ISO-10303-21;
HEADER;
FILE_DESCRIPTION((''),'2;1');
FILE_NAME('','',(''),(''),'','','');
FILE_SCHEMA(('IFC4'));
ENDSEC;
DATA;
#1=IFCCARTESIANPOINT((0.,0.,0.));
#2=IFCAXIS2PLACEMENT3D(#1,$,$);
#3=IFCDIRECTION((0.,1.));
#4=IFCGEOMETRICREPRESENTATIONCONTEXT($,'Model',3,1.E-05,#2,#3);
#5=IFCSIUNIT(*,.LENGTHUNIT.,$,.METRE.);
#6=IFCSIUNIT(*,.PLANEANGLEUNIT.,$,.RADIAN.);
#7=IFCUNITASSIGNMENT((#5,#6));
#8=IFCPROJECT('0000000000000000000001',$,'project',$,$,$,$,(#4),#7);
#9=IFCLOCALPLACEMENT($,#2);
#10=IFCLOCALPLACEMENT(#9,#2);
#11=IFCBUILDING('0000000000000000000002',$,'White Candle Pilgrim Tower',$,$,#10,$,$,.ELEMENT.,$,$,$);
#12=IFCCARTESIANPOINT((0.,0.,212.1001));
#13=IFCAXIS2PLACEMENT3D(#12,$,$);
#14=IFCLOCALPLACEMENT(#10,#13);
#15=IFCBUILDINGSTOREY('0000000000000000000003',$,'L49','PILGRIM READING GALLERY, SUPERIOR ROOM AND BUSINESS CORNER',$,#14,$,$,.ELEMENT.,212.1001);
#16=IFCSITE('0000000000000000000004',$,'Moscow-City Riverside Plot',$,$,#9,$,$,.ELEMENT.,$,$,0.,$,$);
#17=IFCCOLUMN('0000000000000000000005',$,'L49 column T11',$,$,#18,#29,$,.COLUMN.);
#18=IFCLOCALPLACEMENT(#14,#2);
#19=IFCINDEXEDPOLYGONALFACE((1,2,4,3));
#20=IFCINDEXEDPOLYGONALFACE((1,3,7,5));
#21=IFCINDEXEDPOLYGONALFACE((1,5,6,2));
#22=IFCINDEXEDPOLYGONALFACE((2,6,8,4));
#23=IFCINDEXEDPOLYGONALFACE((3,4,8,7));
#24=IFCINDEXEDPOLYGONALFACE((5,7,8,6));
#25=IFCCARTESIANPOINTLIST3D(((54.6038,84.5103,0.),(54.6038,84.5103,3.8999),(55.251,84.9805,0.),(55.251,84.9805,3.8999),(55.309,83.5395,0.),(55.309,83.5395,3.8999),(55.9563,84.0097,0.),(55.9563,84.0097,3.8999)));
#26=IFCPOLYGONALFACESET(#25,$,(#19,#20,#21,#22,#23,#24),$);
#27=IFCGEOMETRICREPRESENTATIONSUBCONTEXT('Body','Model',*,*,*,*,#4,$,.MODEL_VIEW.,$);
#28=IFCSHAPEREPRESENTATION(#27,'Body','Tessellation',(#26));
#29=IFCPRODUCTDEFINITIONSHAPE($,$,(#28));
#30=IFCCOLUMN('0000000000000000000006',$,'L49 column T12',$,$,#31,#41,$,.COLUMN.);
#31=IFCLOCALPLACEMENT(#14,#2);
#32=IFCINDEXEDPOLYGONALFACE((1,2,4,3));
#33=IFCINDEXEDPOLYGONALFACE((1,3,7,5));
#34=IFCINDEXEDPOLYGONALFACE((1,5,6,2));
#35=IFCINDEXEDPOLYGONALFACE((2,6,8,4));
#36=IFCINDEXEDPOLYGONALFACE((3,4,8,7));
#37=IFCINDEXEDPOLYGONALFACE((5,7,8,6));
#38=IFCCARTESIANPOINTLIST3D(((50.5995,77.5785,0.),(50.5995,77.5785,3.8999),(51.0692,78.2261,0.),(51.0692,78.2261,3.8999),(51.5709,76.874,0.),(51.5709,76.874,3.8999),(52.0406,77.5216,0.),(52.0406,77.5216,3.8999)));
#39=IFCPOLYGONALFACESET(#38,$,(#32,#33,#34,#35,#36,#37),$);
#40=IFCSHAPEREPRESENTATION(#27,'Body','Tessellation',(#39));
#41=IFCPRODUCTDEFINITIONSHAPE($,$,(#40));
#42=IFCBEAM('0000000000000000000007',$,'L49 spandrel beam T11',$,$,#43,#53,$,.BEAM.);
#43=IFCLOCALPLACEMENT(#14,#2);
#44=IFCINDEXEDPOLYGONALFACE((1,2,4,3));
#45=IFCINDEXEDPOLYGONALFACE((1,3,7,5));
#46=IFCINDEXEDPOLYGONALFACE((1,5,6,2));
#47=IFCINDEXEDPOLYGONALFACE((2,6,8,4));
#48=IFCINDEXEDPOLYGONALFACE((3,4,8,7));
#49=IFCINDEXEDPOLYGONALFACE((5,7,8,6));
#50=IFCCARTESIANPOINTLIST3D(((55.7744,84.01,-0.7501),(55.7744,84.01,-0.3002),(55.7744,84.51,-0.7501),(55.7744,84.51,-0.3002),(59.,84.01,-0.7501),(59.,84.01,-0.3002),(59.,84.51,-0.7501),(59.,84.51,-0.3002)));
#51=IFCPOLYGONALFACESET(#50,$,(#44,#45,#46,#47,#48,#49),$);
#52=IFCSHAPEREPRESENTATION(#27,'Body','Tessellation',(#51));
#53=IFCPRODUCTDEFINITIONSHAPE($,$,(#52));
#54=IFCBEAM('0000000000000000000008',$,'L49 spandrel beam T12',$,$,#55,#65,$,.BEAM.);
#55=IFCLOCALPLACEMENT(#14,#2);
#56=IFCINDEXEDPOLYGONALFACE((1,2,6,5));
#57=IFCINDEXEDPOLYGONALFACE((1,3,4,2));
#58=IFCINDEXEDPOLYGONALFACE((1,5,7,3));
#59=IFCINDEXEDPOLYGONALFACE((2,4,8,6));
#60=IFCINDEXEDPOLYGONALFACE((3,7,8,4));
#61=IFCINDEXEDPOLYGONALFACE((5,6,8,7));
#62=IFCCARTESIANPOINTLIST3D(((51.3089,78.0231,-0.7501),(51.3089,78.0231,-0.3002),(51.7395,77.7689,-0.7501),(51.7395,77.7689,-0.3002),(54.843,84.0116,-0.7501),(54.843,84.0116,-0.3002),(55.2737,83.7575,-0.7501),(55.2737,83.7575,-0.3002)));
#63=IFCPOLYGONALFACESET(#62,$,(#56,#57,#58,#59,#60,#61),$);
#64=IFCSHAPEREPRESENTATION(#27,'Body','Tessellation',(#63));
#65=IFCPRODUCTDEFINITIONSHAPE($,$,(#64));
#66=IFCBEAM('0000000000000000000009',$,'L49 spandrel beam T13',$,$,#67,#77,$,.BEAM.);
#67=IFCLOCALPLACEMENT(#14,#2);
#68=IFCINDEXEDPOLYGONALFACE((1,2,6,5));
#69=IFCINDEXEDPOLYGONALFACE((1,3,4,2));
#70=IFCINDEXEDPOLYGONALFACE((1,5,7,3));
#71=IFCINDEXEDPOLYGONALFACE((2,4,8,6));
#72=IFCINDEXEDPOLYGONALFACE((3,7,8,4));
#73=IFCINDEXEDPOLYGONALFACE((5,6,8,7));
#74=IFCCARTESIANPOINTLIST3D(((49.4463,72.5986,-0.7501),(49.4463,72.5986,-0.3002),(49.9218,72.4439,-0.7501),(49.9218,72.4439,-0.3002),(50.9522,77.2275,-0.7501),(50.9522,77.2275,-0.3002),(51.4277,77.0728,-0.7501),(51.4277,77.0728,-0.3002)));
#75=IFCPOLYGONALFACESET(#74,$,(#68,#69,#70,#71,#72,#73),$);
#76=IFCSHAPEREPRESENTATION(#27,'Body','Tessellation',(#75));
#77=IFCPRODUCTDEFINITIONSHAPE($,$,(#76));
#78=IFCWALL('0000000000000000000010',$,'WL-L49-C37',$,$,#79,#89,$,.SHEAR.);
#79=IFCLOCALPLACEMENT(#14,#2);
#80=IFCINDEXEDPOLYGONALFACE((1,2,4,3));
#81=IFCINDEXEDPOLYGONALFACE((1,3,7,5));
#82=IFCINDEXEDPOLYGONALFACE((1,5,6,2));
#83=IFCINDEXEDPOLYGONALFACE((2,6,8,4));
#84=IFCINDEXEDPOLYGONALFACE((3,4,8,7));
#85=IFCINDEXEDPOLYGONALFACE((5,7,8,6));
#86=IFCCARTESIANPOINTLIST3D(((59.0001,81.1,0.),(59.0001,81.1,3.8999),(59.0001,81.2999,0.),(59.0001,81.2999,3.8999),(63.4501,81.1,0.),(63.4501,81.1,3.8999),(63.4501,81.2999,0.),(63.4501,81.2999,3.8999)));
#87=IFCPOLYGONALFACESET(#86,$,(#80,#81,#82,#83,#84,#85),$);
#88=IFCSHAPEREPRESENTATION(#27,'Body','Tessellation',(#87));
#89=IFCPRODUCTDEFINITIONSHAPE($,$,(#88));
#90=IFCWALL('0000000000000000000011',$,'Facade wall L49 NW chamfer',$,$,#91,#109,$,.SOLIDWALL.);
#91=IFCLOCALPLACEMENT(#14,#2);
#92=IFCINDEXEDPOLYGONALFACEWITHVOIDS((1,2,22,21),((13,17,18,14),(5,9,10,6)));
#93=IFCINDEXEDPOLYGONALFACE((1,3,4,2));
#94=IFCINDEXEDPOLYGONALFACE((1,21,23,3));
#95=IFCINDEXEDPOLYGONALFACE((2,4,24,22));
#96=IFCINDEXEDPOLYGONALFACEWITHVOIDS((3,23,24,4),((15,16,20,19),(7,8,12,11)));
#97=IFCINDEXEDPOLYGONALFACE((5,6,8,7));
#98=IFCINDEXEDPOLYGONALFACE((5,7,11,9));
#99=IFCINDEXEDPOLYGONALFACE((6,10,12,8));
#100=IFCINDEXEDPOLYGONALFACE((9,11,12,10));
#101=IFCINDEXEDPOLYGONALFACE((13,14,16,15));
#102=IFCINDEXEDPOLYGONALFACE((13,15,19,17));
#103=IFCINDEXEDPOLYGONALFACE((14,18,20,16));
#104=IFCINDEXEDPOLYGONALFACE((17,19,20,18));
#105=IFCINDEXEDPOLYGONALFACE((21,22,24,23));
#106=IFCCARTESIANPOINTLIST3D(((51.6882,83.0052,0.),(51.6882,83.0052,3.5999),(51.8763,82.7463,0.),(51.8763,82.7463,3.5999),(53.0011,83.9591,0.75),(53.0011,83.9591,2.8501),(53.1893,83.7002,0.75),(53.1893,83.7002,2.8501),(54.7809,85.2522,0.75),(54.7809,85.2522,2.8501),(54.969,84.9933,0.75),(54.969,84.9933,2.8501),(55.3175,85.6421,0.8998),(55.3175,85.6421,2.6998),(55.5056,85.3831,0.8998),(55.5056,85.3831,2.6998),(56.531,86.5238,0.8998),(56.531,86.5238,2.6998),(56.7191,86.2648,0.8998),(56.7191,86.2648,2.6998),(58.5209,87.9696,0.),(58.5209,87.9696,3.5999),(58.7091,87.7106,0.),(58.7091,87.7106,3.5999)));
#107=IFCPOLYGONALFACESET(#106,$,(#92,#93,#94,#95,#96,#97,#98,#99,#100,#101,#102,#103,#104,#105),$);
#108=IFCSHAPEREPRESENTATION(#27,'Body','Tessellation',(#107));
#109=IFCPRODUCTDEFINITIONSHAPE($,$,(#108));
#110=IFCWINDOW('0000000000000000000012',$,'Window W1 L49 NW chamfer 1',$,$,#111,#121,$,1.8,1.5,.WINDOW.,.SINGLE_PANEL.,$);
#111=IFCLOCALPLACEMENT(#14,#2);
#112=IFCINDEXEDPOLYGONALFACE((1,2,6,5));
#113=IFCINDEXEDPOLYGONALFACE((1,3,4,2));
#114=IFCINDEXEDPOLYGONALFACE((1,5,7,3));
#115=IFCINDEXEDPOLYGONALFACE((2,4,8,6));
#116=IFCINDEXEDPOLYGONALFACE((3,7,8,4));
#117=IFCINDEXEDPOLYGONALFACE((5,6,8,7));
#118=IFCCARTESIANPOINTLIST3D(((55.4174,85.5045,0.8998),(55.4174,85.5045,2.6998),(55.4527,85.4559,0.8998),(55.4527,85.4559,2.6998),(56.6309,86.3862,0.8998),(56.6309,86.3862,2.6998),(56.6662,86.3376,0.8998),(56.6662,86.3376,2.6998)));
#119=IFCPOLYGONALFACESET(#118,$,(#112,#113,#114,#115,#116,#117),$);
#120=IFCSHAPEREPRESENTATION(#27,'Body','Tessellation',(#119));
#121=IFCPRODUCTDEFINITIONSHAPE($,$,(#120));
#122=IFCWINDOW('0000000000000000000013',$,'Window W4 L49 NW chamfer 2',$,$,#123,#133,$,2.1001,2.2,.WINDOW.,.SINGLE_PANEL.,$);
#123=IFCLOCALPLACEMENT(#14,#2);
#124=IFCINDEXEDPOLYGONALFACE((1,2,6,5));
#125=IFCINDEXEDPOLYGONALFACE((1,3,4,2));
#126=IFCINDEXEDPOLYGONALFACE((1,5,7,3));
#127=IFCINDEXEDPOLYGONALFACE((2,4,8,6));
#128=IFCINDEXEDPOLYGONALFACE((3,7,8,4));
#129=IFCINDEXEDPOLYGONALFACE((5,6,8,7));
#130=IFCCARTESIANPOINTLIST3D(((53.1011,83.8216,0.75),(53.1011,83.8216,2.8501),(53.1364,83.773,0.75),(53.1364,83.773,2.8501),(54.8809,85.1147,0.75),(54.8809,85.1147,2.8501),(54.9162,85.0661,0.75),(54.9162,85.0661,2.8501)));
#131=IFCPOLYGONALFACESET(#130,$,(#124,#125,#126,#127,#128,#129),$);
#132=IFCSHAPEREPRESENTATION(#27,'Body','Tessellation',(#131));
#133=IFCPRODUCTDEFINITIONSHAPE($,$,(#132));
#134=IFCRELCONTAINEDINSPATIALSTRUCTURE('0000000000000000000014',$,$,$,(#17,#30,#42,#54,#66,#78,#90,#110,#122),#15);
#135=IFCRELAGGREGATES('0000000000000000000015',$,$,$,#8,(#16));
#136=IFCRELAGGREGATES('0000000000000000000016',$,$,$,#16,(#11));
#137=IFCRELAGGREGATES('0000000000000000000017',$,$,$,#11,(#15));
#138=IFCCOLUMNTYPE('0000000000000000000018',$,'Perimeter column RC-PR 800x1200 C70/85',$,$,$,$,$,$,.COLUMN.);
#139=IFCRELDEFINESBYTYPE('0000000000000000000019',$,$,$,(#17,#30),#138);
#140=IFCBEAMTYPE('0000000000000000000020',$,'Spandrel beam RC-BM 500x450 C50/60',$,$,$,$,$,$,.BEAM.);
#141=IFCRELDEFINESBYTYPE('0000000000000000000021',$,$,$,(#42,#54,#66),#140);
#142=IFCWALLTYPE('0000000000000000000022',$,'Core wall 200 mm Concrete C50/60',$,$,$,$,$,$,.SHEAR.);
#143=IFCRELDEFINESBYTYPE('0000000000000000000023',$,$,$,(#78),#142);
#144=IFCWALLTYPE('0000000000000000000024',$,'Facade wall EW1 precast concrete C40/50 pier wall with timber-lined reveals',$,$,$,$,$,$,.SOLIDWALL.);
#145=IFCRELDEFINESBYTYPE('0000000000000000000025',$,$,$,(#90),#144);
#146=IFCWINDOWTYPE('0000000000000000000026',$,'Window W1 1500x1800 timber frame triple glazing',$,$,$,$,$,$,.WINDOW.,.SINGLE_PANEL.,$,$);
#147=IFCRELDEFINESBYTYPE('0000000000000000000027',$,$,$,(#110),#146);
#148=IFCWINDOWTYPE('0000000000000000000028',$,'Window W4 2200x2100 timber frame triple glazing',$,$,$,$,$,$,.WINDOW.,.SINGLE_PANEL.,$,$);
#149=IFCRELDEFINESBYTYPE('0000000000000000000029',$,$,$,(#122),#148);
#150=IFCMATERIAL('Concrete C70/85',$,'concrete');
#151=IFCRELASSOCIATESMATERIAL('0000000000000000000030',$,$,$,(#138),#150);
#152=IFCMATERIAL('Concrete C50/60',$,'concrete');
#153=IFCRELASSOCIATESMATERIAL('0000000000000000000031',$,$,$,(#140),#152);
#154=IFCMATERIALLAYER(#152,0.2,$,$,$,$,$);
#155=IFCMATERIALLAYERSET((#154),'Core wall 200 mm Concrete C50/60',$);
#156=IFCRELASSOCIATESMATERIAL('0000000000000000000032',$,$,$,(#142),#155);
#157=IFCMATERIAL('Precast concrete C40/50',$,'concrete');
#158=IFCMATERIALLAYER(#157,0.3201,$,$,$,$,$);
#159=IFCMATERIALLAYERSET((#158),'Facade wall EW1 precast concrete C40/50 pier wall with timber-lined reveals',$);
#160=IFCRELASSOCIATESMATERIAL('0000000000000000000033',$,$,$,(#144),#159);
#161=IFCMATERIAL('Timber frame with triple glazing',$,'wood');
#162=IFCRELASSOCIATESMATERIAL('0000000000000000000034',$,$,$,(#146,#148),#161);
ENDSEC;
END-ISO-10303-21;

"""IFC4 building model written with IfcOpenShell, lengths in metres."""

from ifc_helpers import new_model, si_unit, direction, frame, frame_2d, origin, origin_2d, place, context, subcontext, project, spatial, rectangle, extrude, material, layer, layer_set, material_profile, profile_set, type_object, element, fill, save


model = new_model("IFC4")

# Units and contexts
model_context = context("Model", 3, precision=1e-05, world=origin(), true_north=direction((0.0, 1.0)))
body_context = subcontext(model_context, "Body", "Model", "MODEL_VIEW")
ifc_project = project(units=[si_unit("LENGTHUNIT", "METRE"), si_unit("PLANEANGLEUNIT", "RADIAN")], contexts=[model_context])

# Site, building, storey
site_placement = place(None, origin())
site = spatial("IfcSite", under=ifc_project, at=site_placement, Name="Moscow-City Riverside Plot", CompositionType="ELEMENT", RefElevation=0.0)
building_placement = place(site_placement, origin())
building = spatial("IfcBuilding", under=site, at=building_placement, Name="White Candle Pilgrim Tower", CompositionType="ELEMENT")
storey_placement = place(building_placement, frame((0.0, 0.0, 212.1001)))
storey = spatial("IfcBuildingStorey", under=building, at=storey_placement, Name="L49", Description="PILGRIM READING GALLERY, SUPERIOR ROOM AND BUSINESS CORNER", CompositionType="ELEMENT", Elevation=212.1001)

# Columns
ifc_material_1 = material(Name="Concrete C70/85", Category="concrete")
ifc_material_profile_1 = material_profile(ifc_material_1, rectangle(XDim=0.8, YDim=1.2, at=origin_2d()), Name="RC-PR 800x1200")
ifc_profile_set_1 = profile_set([ifc_material_profile_1], Name="Concrete C70/85")
column_type = type_object("IfcColumnType", Name="Perimeter column RC-PR 800x1200 C70/85", PredefinedType="COLUMN", material=ifc_profile_set_1)
for number, where, z_axis, x_axis, name in (
    (1, (55.28, 84.26, 0.0), (0.0, 0.0, 1.0), (0.809027, 0.587771, 0.0), "L49 column T11"),
    (2, (51.3201, 77.55, 0.0), (0.0, 0.0, 1.0), (0.587107, 0.809509, 0.0), "L49 column T12"),
):
    element("IfcColumn", number, at=place(storey_placement, frame(where, z_axis=z_axis, x_axis=x_axis)), inside=storey, type_object=column_type, Name=name, PredefinedType="COLUMN", context=body_context, shape_type="SweptSolid", body=[
        extrude(rectangle(XDim=0.8, YDim=1.2, at=origin_2d()), origin(), (0.0, 0.0, 1.0), 3.8999),
    ])

# Beams
ifc_material_2 = material(Name="Concrete C50/60", Category="concrete")
ifc_material_profile_2 = material_profile(ifc_material_2, rectangle(XDim=0.5, YDim=0.45, at=origin_2d()), Name="RC-BM 500x450")
ifc_profile_set_2 = profile_set([ifc_material_profile_2], Name="Concrete C50/60")
beam_type = type_object("IfcBeamType", Name="Spandrel beam RC-BM 500x450 C50/60", PredefinedType="BEAM", material=ifc_profile_set_2)
beam_1_placement = place(storey_placement, frame((55.7744, 84.26, -0.5251), z_axis=(1.0, 0.0, 0.0), x_axis=(0.0, 1.0, 0.0)))
element("IfcBeam", 3, at=beam_1_placement, inside=storey, type_object=beam_type, Name="L49 spandrel beam T11", PredefinedType="BEAM", context=body_context, shape_type="SweptSolid", body=[
    extrude(rectangle(XDim=0.5, YDim=0.45, at=origin_2d()), origin(), (0.0, 0.0, 1.0), 3.2256),
])
beam_2_placement = place(storey_placement, frame((55.0583, 83.8845, -0.5251), z_axis=(-0.50825, -0.861209, 0.0), x_axis=(0.861209, -0.50825, 0.0)))
element("IfcBeam", 4, at=beam_2_placement, inside=storey, type_object=beam_type, Name="L49 spandrel beam T12", PredefinedType="BEAM", context=body_context, shape_type="SweptSolid", body=[
    extrude(rectangle(XDim=0.5, YDim=0.45, at=origin_2d()), origin(), (0.0, 0.0, 1.0), 6.9536),
])
beam_3_placement = place(storey_placement, frame((51.1899, 77.1501, -0.5251), z_axis=(-0.309358, -0.950946, 0.0), x_axis=(0.950946, -0.309358, 0.0)))
element("IfcBeam", 5, at=beam_3_placement, inside=storey, type_object=beam_type, Name="L49 spandrel beam T13", PredefinedType="BEAM", context=body_context, shape_type="SweptSolid", body=[
    extrude(rectangle(XDim=0.5, YDim=0.45, at=origin_2d()), origin(), (0.0, 0.0, 1.0), 4.8677),
])

# Wall
ifc_layer_1 = layer(ifc_material_2, 0.2)
ifc_layer_set_1 = layer_set([ifc_layer_1], Name="Core wall 200 mm Concrete C50/60")
wall_type_1 = type_object("IfcWallType", Name="Core wall 200 mm Concrete C50/60", PredefinedType="SHEAR", material=ifc_layer_set_1)
wall_1_placement = place(storey_placement, frame((59.0, 81.2, 0.0), z_axis=(0.0, 0.0, 1.0), x_axis=(1.0, 0.0, 0.0)))
element("IfcWall", 6, at=wall_1_placement, inside=storey, type_object=wall_type_1, Name="WL-L49-C37", PredefinedType="SHEAR", context=body_context, shape_type="SweptSolid", body=[
    extrude(rectangle(XDim=4.45, YDim=0.2, at=frame_2d((2.2251, 0.0))), origin(), (0.0, 0.0, 1.0), 3.8999),
])

# Wall, openings, windows
ifc_material_3 = material(Name="Precast concrete C40/50", Category="concrete")
ifc_layer_2 = layer(ifc_material_3, 0.3201)
ifc_layer_set_2 = layer_set([ifc_layer_2], Name="Facade wall EW1 precast concrete C40/50 pier wall with timber-lined reveals")
wall_type_2 = type_object("IfcWallType", Name="Facade wall EW1 precast concrete C40/50 pier wall with timber-lined reveals", PredefinedType="SOLIDWALL", material=ifc_layer_set_2)
wall_2_placement = place(storey_placement, frame((58.615, 87.8401, 0.0), z_axis=(0.0, 0.0, 1.0), x_axis=(-0.809013, -0.58779, 0.0)))
wall_2 = element("IfcWall", 7, at=wall_2_placement, inside=storey, type_object=wall_type_2, Name="Facade wall L49 NW chamfer", PredefinedType="SOLIDWALL", context=body_context, shape_type="SweptSolid", body=[
    extrude(rectangle(XDim=8.4458, YDim=0.3201, at=frame_2d((4.2229, 0.0))), origin(), (0.0, 0.0, 1.0), 3.5999),
])
opening_1_placement = place(wall_2_placement, frame((2.4597, 0.0, 0.8999)))
opening_1 = element("IfcOpeningElement", 8, at=opening_1_placement, cuts=wall_2, PredefinedType="OPENING", context=body_context, shape_type="SweptSolid", body=[
    extrude(rectangle(XDim=1.5, YDim=1.8, at=frame_2d((0.75, 0.8999))), frame((0.0, 0.1699, 0.0), z_axis=(0.0, -1.0, 0.0), x_axis=(1.0, 0.0, 0.0)), (0.0, 0.0, 1.0), 0.3401),
])
opening_2_placement = place(wall_2_placement, frame((4.6228, 0.0, 0.75)))
opening_2 = element("IfcOpeningElement", 9, at=opening_2_placement, cuts=wall_2, PredefinedType="OPENING", context=body_context, shape_type="SweptSolid", body=[
    extrude(rectangle(XDim=2.2, YDim=2.1001, at=frame_2d((1.1001, 1.05))), frame((0.0, 0.1699, 0.0), z_axis=(0.0, -1.0, 0.0), x_axis=(1.0, 0.0, 0.0)), (0.0, 0.0, 1.0), 0.3401),
])
ifc_material_4 = material(Name="Timber frame with triple glazing", Category="wood")
window_type_1 = type_object("IfcWindowType", Name="Window W1 1500x1800 timber frame triple glazing", PartitioningType="SINGLE_PANEL", PredefinedType="WINDOW", material=ifc_material_4)
window_1_placement = place(opening_1_placement, origin())
window_1 = element("IfcWindow", 10, at=window_1_placement, inside=storey, type_object=window_type_1, Name="Window W1 L49 NW chamfer 1", OverallHeight=1.8, OverallWidth=1.5, PartitioningType="SINGLE_PANEL", PredefinedType="WINDOW", context=body_context, shape_type="SweptSolid", body=[
    extrude(rectangle(XDim=1.5, YDim=1.8, at=frame_2d((0.75, 0.8999))), frame((0.0, 0.0701, 0.0), z_axis=(0.0, -1.0, 0.0), x_axis=(1.0, 0.0, 0.0)), (0.0, 0.0, 1.0), 0.0601),
])
fill(opening_1, window_1)
window_type_2 = type_object("IfcWindowType", Name="Window W4 2200x2100 timber frame triple glazing", PartitioningType="SINGLE_PANEL", PredefinedType="WINDOW", material=ifc_material_4)
window_2_placement = place(opening_2_placement, origin())
window_2 = element("IfcWindow", 11, at=window_2_placement, inside=storey, type_object=window_type_2, Name="Window W4 L49 NW chamfer 2", OverallHeight=2.1001, OverallWidth=2.2, PartitioningType="SINGLE_PANEL", PredefinedType="WINDOW", context=body_context, shape_type="SweptSolid", body=[
    extrude(rectangle(XDim=2.2, YDim=2.1001, at=frame_2d((1.1001, 1.05))), frame((0.0, 0.0701, 0.0), z_axis=(0.0, -1.0, 0.0), x_axis=(1.0, 0.0, 0.0)), (0.0, 0.0, 1.0), 0.0601),
])
fill(opening_2, window_2)

save(model, "model.ifc")
